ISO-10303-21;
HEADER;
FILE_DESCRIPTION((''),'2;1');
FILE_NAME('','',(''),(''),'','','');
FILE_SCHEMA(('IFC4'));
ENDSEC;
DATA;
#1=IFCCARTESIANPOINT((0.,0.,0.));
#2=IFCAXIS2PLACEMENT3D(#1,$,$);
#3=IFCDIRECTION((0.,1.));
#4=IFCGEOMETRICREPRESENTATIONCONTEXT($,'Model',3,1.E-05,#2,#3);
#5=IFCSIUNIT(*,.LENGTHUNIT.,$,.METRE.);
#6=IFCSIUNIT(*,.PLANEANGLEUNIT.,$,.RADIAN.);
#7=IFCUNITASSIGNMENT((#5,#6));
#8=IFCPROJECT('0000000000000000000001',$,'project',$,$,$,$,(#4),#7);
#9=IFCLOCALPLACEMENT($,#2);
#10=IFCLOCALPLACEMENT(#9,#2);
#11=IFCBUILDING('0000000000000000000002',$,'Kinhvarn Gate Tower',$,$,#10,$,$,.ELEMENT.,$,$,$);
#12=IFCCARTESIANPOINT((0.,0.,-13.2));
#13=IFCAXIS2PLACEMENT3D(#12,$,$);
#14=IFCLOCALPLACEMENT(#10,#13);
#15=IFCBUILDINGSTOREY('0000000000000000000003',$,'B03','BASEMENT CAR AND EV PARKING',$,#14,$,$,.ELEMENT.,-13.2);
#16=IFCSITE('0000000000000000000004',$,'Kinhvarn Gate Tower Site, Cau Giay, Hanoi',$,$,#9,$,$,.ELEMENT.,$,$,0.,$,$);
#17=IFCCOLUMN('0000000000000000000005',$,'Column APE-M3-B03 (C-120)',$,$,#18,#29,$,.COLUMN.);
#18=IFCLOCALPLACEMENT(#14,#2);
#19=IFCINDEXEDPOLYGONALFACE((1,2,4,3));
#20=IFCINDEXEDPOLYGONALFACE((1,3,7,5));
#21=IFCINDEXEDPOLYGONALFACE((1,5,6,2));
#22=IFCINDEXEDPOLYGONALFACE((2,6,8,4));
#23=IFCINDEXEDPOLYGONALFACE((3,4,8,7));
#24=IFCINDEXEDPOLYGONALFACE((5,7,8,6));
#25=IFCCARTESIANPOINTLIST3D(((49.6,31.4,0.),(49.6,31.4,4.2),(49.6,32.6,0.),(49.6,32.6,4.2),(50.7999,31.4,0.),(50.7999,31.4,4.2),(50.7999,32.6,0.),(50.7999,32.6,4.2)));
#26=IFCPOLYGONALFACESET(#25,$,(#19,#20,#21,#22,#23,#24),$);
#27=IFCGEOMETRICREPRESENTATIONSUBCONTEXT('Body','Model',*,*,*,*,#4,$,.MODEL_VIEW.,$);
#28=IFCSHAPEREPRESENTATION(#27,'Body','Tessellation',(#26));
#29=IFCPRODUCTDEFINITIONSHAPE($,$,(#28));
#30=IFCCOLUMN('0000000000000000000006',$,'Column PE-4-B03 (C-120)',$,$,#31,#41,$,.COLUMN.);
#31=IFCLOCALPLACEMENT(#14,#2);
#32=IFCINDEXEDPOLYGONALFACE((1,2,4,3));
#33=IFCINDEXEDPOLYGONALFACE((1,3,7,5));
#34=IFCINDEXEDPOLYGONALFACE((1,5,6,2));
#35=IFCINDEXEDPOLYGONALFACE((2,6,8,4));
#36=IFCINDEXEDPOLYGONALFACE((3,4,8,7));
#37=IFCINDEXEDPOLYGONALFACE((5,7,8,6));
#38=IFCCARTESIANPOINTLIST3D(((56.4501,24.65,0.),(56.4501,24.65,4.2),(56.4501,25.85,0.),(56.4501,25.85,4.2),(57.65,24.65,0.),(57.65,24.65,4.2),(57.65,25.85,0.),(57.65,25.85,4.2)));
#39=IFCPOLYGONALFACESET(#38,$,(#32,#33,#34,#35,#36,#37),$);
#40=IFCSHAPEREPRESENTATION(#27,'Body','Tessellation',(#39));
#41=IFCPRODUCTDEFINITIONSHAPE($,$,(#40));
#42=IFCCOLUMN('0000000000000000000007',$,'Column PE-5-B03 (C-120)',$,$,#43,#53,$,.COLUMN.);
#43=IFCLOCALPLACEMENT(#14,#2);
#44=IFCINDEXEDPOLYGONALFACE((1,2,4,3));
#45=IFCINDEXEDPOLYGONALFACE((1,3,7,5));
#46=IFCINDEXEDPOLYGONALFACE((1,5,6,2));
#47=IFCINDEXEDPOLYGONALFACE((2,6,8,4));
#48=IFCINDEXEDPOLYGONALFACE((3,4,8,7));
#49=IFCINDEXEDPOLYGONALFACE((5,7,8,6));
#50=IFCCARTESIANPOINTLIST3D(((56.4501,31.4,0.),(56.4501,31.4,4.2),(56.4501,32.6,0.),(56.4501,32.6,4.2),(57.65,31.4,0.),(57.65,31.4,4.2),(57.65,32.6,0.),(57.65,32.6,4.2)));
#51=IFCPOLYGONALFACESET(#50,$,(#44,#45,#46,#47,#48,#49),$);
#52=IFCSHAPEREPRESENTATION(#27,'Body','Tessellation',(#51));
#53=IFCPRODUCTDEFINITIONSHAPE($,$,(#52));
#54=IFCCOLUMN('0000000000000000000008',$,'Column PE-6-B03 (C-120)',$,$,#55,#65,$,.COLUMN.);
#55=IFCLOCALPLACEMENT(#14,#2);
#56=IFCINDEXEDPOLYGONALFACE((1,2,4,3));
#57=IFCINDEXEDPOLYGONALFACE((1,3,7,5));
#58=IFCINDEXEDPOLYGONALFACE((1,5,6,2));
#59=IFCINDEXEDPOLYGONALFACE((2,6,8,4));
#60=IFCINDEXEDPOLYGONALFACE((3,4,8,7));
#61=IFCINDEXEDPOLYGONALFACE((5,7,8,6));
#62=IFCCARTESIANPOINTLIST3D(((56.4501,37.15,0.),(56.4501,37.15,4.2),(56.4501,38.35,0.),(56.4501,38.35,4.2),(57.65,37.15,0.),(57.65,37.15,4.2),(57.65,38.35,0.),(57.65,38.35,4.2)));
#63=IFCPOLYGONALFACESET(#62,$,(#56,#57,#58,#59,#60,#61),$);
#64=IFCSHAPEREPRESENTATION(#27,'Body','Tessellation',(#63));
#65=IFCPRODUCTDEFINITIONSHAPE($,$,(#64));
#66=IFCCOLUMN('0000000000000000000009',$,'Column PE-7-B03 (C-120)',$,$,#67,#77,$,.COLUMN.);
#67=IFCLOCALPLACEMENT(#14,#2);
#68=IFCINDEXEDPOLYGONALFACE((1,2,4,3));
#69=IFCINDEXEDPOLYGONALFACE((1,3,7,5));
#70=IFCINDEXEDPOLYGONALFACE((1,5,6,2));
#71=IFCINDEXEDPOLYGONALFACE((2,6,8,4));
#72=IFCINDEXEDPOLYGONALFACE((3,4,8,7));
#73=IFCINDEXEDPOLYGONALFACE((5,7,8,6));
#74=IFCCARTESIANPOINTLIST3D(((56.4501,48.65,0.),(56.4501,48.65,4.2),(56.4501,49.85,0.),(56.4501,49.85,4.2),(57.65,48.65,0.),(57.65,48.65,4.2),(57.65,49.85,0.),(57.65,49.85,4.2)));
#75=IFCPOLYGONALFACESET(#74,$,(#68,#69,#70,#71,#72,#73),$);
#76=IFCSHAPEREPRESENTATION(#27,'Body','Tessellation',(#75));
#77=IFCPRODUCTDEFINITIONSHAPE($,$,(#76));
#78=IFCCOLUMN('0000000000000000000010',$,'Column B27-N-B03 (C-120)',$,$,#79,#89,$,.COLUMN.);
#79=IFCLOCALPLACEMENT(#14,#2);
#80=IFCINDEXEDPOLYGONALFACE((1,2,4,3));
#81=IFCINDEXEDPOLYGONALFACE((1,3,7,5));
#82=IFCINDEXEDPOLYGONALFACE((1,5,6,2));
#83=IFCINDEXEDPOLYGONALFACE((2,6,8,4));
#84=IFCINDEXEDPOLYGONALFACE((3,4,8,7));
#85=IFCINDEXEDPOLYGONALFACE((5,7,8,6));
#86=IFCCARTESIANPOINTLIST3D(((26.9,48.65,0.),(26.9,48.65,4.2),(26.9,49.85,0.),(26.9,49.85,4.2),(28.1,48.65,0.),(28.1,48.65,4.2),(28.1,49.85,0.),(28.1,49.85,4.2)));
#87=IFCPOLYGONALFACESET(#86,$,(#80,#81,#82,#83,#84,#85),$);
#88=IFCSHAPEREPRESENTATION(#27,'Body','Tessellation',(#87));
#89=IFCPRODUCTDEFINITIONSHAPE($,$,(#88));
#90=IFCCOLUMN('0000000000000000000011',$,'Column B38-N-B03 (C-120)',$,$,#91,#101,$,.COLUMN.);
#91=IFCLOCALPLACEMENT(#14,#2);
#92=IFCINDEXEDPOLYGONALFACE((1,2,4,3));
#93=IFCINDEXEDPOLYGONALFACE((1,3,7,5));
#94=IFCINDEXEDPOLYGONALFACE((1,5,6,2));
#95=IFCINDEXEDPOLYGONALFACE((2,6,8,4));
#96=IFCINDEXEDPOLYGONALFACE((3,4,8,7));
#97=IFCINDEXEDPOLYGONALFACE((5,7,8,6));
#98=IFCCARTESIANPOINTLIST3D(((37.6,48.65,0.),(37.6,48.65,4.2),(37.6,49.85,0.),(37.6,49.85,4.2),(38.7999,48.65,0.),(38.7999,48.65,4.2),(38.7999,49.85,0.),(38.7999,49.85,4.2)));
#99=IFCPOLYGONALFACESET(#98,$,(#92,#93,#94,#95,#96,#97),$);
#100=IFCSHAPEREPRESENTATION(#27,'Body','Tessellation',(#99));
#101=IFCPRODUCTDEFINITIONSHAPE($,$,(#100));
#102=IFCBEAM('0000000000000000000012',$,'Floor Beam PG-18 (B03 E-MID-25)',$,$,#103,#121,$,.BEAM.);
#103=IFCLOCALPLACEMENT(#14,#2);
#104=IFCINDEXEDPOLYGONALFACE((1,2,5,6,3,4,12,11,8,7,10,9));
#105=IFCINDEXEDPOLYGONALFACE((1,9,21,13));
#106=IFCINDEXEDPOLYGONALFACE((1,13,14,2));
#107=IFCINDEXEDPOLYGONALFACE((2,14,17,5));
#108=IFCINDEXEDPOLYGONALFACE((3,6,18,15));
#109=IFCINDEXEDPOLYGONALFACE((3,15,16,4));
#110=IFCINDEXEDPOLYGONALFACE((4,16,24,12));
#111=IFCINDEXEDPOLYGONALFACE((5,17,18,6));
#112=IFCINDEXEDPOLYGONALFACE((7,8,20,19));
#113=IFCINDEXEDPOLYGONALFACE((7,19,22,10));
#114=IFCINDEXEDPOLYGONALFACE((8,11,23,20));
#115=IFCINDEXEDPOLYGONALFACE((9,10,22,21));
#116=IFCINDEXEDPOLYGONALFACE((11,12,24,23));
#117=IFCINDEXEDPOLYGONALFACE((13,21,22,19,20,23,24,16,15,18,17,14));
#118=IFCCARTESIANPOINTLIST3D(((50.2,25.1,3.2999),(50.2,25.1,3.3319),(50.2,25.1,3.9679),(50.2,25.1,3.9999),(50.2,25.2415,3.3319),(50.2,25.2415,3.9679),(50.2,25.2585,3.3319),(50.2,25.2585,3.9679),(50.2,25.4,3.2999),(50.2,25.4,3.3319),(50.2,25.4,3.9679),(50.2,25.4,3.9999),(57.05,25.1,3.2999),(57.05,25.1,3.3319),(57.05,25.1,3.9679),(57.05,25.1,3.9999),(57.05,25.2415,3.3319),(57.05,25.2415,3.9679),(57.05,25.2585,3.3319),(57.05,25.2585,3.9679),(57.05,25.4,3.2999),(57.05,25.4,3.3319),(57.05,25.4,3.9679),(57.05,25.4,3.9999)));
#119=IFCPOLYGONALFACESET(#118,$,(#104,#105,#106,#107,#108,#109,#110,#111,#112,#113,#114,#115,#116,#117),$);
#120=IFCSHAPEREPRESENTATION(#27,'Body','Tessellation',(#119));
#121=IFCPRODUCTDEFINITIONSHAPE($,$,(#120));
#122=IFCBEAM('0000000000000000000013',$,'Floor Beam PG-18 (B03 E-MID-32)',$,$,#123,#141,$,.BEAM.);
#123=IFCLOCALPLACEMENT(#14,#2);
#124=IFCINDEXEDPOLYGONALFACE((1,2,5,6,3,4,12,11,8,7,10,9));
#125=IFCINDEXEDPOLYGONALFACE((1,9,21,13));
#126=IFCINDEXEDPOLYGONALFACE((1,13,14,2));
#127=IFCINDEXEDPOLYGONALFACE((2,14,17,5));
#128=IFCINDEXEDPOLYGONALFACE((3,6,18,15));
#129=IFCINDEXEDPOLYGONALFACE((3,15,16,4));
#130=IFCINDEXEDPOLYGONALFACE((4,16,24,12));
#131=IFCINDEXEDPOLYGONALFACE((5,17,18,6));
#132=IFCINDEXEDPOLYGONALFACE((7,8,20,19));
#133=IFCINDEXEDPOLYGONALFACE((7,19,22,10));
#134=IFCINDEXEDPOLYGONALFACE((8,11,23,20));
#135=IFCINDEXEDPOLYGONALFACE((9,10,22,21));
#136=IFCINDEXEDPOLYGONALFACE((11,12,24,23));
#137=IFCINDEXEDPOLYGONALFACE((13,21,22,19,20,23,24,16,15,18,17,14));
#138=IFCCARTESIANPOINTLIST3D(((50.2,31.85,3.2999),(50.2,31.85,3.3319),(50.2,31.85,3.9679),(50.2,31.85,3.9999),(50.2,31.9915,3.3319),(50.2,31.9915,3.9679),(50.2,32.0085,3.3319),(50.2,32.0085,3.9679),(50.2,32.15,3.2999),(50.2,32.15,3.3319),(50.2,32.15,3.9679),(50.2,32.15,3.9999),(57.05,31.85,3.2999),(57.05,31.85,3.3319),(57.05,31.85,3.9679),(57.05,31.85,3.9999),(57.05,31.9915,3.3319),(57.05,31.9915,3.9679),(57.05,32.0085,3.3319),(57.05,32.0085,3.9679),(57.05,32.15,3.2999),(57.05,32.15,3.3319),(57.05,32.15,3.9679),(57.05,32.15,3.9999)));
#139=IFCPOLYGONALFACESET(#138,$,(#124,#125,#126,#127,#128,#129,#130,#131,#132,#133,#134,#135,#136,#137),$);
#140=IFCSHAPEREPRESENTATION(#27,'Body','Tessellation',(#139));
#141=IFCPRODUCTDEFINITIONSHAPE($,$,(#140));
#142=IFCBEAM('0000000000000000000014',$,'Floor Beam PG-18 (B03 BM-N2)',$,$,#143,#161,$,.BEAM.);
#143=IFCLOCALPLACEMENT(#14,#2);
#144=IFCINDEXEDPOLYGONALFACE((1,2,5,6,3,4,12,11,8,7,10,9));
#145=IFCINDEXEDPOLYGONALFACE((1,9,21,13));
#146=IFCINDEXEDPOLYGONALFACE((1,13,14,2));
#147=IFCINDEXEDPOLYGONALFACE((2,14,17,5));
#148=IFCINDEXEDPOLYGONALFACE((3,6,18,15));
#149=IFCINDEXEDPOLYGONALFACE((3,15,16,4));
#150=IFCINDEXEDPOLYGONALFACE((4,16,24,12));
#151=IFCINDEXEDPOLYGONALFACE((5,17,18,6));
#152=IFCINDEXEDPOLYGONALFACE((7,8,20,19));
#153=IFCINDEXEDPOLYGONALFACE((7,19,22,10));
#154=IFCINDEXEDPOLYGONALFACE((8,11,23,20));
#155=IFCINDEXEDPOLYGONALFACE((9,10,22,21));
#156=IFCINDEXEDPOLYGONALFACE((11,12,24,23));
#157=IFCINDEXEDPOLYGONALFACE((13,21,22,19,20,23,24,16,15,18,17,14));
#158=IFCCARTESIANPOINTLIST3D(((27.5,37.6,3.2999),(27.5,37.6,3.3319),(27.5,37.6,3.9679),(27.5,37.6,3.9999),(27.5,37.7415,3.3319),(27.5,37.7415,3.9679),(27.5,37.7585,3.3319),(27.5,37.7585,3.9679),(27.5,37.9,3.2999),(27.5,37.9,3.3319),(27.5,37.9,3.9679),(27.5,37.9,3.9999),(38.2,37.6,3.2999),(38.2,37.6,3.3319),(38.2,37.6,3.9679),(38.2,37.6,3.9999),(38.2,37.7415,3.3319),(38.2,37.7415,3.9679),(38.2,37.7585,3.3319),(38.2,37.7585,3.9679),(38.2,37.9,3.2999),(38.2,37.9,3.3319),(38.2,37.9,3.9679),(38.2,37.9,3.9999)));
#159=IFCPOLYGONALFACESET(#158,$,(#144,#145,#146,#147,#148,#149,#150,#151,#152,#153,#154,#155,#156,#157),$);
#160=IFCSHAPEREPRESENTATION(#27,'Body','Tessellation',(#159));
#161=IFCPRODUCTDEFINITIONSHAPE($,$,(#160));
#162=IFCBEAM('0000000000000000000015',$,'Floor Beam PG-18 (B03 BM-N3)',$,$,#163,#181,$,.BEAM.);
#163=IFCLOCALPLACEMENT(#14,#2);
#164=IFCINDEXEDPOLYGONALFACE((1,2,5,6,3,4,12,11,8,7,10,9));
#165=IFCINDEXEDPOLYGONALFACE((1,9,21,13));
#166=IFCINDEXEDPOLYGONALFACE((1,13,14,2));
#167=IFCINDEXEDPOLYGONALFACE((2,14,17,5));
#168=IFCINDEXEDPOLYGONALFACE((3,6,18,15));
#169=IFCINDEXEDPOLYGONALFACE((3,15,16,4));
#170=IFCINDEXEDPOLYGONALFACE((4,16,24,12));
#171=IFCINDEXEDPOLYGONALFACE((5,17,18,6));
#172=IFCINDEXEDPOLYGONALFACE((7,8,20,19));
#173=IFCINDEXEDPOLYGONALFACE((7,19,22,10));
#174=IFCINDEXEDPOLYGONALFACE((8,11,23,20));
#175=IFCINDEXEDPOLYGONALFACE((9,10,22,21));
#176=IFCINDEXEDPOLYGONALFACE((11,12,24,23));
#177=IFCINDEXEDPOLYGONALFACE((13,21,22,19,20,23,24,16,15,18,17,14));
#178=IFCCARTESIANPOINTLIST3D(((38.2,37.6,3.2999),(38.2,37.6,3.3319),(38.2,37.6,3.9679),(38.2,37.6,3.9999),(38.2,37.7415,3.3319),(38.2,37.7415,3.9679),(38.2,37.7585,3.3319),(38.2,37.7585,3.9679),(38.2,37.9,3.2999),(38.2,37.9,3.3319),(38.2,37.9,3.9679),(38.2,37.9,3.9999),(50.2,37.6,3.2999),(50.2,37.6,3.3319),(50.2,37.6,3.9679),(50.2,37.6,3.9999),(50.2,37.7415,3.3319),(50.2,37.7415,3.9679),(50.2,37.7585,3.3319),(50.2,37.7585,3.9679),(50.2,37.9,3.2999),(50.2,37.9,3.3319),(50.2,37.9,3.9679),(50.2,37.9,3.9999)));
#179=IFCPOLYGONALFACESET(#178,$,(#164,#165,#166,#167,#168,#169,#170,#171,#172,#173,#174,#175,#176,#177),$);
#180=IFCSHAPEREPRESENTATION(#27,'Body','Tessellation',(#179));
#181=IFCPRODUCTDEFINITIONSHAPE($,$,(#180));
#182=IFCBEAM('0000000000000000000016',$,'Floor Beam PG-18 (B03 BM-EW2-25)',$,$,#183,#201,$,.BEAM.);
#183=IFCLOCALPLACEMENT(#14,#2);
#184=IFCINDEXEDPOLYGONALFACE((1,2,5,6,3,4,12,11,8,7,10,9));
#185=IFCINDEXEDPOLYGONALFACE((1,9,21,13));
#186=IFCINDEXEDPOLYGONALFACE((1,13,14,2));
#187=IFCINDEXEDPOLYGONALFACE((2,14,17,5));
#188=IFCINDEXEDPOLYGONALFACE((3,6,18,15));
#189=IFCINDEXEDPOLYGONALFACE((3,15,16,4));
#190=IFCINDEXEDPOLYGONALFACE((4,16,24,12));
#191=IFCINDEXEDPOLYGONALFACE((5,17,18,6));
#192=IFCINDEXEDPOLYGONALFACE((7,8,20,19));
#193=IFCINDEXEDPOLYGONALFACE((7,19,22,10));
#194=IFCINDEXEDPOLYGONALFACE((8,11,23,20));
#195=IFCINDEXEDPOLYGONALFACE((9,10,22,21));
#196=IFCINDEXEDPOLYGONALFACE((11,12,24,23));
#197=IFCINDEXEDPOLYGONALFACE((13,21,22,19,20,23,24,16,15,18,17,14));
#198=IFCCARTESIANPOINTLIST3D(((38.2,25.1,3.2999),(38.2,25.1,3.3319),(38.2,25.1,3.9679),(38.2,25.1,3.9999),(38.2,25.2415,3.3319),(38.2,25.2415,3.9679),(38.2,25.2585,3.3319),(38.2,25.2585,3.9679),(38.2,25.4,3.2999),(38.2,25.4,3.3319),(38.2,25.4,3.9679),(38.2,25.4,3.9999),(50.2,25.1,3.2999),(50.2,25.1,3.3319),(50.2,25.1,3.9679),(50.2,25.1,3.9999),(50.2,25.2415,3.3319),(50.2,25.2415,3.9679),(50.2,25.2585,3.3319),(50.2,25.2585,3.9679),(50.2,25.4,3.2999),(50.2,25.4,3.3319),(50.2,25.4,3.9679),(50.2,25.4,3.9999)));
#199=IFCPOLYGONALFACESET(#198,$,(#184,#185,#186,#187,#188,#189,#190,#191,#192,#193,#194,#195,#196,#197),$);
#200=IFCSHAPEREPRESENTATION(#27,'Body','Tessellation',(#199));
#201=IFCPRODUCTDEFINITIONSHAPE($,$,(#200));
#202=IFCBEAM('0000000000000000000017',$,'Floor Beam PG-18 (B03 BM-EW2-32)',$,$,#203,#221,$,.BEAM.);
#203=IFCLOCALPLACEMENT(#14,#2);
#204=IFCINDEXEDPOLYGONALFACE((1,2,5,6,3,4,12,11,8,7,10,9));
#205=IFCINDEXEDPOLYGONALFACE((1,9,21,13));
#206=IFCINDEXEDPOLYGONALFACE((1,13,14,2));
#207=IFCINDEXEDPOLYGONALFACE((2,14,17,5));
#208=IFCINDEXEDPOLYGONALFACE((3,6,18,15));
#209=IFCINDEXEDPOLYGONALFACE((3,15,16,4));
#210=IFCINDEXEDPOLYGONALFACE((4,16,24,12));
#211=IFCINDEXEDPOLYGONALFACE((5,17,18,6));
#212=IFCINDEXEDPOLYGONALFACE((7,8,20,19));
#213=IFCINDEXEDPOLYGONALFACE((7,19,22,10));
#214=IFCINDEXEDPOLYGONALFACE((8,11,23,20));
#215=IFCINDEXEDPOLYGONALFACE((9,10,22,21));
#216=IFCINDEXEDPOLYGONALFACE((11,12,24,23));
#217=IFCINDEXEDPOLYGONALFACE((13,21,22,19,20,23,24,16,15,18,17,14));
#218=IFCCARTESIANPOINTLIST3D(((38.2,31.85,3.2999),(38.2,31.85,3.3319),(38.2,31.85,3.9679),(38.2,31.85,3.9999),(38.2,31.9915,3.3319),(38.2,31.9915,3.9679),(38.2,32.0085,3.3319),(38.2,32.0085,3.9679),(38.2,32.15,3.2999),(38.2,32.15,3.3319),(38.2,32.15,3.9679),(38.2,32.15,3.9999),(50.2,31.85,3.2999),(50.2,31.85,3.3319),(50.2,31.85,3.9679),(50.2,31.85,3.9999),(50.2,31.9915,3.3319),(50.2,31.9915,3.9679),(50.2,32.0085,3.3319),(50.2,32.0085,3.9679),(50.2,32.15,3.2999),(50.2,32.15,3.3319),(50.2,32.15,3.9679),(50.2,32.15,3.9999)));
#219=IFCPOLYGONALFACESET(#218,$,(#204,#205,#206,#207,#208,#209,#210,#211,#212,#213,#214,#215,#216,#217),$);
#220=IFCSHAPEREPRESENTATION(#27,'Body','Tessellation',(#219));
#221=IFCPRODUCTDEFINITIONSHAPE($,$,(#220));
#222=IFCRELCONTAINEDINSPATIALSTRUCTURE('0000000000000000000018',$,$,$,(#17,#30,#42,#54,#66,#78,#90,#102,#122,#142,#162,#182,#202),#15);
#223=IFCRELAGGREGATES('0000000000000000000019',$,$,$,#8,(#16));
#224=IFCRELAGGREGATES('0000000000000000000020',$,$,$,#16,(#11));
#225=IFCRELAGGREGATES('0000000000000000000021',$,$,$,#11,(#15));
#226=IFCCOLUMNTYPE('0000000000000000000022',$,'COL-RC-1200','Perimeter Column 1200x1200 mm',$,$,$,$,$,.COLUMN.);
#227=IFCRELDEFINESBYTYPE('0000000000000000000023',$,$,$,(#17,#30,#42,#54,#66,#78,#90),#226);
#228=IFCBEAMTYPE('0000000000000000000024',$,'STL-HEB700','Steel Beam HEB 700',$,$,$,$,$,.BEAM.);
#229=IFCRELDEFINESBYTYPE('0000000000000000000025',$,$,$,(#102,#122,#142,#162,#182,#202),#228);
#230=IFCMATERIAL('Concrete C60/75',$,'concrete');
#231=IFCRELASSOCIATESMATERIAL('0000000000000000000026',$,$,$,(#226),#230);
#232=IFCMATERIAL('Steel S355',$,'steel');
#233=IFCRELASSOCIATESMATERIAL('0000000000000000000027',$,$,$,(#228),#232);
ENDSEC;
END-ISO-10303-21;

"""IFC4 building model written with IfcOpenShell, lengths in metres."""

from ifc_helpers import new_model, si_unit, direction, frame, origin, origin_2d, place, context, subcontext, project, spatial, rectangle, i_section, extrude, material, material_profile, profile_set, type_object, element, save


model = new_model("IFC4")

# Units and contexts
model_context = context("Model", 3, precision=1e-05, world=origin(), true_north=direction((0.0, 1.0)))
body_context = subcontext(model_context, "Body", "Model", "MODEL_VIEW")
ifc_project = project(units=[si_unit("LENGTHUNIT", "METRE"), si_unit("PLANEANGLEUNIT", "RADIAN")], contexts=[model_context])

# Site, building, storey
site_placement = place(None, origin())
site = spatial("IfcSite", under=ifc_project, at=site_placement, Name="Kinhvarn Gate Tower Site, Cau Giay, Hanoi", CompositionType="ELEMENT", RefElevation=0.0)
building_placement = place(site_placement, origin())
building = spatial("IfcBuilding", under=site, at=building_placement, Name="Kinhvarn Gate Tower", CompositionType="ELEMENT")
storey_placement = place(building_placement, frame((0.0, 0.0, -13.2)))
storey = spatial("IfcBuildingStorey", under=building, at=storey_placement, Name="B03", Description="BASEMENT CAR AND EV PARKING", CompositionType="ELEMENT", Elevation=-13.2)

# Columns
ifc_material_1 = material(Name="Concrete C60/75", Category="concrete")
ifc_material_profile_1 = material_profile(ifc_material_1, rectangle(XDim=1.2, YDim=1.2, at=origin_2d()), Name="RC 1200x1200")
ifc_profile_set_1 = profile_set([ifc_material_profile_1], Name="Concrete C60/75")
column_type_1 = type_object("IfcColumnType", Name="COL-RC-1200", Description="Perimeter Column 1200x1200 mm", PredefinedType="COLUMN", material=ifc_profile_set_1)
for number, where, z_axis, x_axis, name in (
    (1, (50.2, 32.0, 0.0), (0.0, 0.0, 1.0), (1.0, 0.0, 0.0), "Column APE-M3-B03 (C-120)"),
    (2, (57.05, 25.25, 0.0), (0.0, 0.0, 1.0), (1.0, 0.0, 0.0), "Column PE-4-B03 (C-120)"),
    (3, (57.05, 32.0, 0.0), (0.0, 0.0, 1.0), (1.0, 0.0, 0.0), "Column PE-5-B03 (C-120)"),
    (4, (57.05, 37.75, 0.0), (0.0, 0.0, 1.0), (1.0, 0.0, 0.0), "Column PE-6-B03 (C-120)"),
    (5, (57.05, 49.25, 0.0), (0.0, 0.0, 1.0), (1.0, 0.0, 0.0), "Column PE-7-B03 (C-120)"),
    (6, (27.5, 49.25, 0.0), (0.0, 0.0, 1.0), (1.0, 0.0, 0.0), "Column B27-N-B03 (C-120)"),
    (7, (38.2, 49.25, 0.0), (0.0, 0.0, 1.0), (1.0, 0.0, 0.0), "Column B38-N-B03 (C-120)"),
):
    element("IfcColumn", number, at=place(storey_placement, frame(where, z_axis=z_axis, x_axis=x_axis)), inside=storey, type_object=column_type_1, Name=name, PredefinedType="COLUMN", context=body_context, shape_type="SweptSolid", body=[
        extrude(rectangle(XDim=1.2, YDim=1.2, at=origin_2d()), origin(), (0.0, 0.0, 1.0), 4.2),
    ])

# Beams
ifc_material_2 = material(Name="Steel S355", Category="steel")
ifc_material_profile_2 = material_profile(ifc_material_2, i_section(OverallWidth=0.3, OverallDepth=0.7, WebThickness=0.0171, FlangeThickness=0.032, at=origin_2d()), Name="HEB 700")
ifc_profile_set_2 = profile_set([ifc_material_profile_2], Name="Steel S355")
beam_type = type_object("IfcBeamType", Name="STL-HEB700", Description="Steel Beam HEB 700", PredefinedType="BEAM", material=ifc_profile_set_2)
for number, where, z_axis, x_axis, name in (
    (8, (50.2, 25.25, 3.6499), (1.0, 0.0, 0.0), (0.0, 1.0, 0.0), "Floor Beam PG-18 (B03 E-MID-25)"),
    (9, (50.2, 32.0, 3.6499), (1.0, 0.0, 0.0), (0.0, 1.0, 0.0), "Floor Beam PG-18 (B03 E-MID-32)"),
):
    element("IfcBeam", number, at=place(storey_placement, frame(where, z_axis=z_axis, x_axis=x_axis)), inside=storey, type_object=beam_type, Name=name, PredefinedType="BEAM", context=body_context, shape_type="SweptSolid", body=[
        extrude(i_section(OverallWidth=0.3, OverallDepth=0.7, WebThickness=0.0171, FlangeThickness=0.032, at=origin_2d()), origin(), (0.0, 0.0, 1.0), 6.8501),
    ])
beam_placement = place(storey_placement, frame((27.5, 37.75, 3.6499), z_axis=(1.0, 0.0, 0.0), x_axis=(0.0, 1.0, 0.0)))
element("IfcBeam", 10, at=beam_placement, inside=storey, type_object=beam_type, Name="Floor Beam PG-18 (B03 BM-N2)", PredefinedType="BEAM", context=body_context, shape_type="SweptSolid", body=[
    extrude(i_section(OverallWidth=0.3, OverallDepth=0.7, WebThickness=0.0171, FlangeThickness=0.032, at=origin_2d()), origin(), (0.0, 0.0, 1.0), 10.7),
])
for number, where, z_axis, x_axis, name in (
    (11, (38.2, 37.75, 3.6499), (1.0, 0.0, 0.0), (0.0, 1.0, 0.0), "Floor Beam PG-18 (B03 BM-N3)"),
    (12, (38.2, 25.25, 3.6499), (1.0, 0.0, 0.0), (0.0, 1.0, 0.0), "Floor Beam PG-18 (B03 BM-EW2-25)"),
    (13, (38.2, 32.0, 3.6499), (1.0, 0.0, 0.0), (0.0, 1.0, 0.0), "Floor Beam PG-18 (B03 BM-EW2-32)"),
):
    element("IfcBeam", number, at=place(storey_placement, frame(where, z_axis=z_axis, x_axis=x_axis)), inside=storey, type_object=beam_type, Name=name, PredefinedType="BEAM", context=body_context, shape_type="SweptSolid", body=[
        extrude(i_section(OverallWidth=0.3, OverallDepth=0.7, WebThickness=0.0171, FlangeThickness=0.032, at=origin_2d()), origin(), (0.0, 0.0, 1.0), 12.0),
    ])

save(model, "model.ifc")
